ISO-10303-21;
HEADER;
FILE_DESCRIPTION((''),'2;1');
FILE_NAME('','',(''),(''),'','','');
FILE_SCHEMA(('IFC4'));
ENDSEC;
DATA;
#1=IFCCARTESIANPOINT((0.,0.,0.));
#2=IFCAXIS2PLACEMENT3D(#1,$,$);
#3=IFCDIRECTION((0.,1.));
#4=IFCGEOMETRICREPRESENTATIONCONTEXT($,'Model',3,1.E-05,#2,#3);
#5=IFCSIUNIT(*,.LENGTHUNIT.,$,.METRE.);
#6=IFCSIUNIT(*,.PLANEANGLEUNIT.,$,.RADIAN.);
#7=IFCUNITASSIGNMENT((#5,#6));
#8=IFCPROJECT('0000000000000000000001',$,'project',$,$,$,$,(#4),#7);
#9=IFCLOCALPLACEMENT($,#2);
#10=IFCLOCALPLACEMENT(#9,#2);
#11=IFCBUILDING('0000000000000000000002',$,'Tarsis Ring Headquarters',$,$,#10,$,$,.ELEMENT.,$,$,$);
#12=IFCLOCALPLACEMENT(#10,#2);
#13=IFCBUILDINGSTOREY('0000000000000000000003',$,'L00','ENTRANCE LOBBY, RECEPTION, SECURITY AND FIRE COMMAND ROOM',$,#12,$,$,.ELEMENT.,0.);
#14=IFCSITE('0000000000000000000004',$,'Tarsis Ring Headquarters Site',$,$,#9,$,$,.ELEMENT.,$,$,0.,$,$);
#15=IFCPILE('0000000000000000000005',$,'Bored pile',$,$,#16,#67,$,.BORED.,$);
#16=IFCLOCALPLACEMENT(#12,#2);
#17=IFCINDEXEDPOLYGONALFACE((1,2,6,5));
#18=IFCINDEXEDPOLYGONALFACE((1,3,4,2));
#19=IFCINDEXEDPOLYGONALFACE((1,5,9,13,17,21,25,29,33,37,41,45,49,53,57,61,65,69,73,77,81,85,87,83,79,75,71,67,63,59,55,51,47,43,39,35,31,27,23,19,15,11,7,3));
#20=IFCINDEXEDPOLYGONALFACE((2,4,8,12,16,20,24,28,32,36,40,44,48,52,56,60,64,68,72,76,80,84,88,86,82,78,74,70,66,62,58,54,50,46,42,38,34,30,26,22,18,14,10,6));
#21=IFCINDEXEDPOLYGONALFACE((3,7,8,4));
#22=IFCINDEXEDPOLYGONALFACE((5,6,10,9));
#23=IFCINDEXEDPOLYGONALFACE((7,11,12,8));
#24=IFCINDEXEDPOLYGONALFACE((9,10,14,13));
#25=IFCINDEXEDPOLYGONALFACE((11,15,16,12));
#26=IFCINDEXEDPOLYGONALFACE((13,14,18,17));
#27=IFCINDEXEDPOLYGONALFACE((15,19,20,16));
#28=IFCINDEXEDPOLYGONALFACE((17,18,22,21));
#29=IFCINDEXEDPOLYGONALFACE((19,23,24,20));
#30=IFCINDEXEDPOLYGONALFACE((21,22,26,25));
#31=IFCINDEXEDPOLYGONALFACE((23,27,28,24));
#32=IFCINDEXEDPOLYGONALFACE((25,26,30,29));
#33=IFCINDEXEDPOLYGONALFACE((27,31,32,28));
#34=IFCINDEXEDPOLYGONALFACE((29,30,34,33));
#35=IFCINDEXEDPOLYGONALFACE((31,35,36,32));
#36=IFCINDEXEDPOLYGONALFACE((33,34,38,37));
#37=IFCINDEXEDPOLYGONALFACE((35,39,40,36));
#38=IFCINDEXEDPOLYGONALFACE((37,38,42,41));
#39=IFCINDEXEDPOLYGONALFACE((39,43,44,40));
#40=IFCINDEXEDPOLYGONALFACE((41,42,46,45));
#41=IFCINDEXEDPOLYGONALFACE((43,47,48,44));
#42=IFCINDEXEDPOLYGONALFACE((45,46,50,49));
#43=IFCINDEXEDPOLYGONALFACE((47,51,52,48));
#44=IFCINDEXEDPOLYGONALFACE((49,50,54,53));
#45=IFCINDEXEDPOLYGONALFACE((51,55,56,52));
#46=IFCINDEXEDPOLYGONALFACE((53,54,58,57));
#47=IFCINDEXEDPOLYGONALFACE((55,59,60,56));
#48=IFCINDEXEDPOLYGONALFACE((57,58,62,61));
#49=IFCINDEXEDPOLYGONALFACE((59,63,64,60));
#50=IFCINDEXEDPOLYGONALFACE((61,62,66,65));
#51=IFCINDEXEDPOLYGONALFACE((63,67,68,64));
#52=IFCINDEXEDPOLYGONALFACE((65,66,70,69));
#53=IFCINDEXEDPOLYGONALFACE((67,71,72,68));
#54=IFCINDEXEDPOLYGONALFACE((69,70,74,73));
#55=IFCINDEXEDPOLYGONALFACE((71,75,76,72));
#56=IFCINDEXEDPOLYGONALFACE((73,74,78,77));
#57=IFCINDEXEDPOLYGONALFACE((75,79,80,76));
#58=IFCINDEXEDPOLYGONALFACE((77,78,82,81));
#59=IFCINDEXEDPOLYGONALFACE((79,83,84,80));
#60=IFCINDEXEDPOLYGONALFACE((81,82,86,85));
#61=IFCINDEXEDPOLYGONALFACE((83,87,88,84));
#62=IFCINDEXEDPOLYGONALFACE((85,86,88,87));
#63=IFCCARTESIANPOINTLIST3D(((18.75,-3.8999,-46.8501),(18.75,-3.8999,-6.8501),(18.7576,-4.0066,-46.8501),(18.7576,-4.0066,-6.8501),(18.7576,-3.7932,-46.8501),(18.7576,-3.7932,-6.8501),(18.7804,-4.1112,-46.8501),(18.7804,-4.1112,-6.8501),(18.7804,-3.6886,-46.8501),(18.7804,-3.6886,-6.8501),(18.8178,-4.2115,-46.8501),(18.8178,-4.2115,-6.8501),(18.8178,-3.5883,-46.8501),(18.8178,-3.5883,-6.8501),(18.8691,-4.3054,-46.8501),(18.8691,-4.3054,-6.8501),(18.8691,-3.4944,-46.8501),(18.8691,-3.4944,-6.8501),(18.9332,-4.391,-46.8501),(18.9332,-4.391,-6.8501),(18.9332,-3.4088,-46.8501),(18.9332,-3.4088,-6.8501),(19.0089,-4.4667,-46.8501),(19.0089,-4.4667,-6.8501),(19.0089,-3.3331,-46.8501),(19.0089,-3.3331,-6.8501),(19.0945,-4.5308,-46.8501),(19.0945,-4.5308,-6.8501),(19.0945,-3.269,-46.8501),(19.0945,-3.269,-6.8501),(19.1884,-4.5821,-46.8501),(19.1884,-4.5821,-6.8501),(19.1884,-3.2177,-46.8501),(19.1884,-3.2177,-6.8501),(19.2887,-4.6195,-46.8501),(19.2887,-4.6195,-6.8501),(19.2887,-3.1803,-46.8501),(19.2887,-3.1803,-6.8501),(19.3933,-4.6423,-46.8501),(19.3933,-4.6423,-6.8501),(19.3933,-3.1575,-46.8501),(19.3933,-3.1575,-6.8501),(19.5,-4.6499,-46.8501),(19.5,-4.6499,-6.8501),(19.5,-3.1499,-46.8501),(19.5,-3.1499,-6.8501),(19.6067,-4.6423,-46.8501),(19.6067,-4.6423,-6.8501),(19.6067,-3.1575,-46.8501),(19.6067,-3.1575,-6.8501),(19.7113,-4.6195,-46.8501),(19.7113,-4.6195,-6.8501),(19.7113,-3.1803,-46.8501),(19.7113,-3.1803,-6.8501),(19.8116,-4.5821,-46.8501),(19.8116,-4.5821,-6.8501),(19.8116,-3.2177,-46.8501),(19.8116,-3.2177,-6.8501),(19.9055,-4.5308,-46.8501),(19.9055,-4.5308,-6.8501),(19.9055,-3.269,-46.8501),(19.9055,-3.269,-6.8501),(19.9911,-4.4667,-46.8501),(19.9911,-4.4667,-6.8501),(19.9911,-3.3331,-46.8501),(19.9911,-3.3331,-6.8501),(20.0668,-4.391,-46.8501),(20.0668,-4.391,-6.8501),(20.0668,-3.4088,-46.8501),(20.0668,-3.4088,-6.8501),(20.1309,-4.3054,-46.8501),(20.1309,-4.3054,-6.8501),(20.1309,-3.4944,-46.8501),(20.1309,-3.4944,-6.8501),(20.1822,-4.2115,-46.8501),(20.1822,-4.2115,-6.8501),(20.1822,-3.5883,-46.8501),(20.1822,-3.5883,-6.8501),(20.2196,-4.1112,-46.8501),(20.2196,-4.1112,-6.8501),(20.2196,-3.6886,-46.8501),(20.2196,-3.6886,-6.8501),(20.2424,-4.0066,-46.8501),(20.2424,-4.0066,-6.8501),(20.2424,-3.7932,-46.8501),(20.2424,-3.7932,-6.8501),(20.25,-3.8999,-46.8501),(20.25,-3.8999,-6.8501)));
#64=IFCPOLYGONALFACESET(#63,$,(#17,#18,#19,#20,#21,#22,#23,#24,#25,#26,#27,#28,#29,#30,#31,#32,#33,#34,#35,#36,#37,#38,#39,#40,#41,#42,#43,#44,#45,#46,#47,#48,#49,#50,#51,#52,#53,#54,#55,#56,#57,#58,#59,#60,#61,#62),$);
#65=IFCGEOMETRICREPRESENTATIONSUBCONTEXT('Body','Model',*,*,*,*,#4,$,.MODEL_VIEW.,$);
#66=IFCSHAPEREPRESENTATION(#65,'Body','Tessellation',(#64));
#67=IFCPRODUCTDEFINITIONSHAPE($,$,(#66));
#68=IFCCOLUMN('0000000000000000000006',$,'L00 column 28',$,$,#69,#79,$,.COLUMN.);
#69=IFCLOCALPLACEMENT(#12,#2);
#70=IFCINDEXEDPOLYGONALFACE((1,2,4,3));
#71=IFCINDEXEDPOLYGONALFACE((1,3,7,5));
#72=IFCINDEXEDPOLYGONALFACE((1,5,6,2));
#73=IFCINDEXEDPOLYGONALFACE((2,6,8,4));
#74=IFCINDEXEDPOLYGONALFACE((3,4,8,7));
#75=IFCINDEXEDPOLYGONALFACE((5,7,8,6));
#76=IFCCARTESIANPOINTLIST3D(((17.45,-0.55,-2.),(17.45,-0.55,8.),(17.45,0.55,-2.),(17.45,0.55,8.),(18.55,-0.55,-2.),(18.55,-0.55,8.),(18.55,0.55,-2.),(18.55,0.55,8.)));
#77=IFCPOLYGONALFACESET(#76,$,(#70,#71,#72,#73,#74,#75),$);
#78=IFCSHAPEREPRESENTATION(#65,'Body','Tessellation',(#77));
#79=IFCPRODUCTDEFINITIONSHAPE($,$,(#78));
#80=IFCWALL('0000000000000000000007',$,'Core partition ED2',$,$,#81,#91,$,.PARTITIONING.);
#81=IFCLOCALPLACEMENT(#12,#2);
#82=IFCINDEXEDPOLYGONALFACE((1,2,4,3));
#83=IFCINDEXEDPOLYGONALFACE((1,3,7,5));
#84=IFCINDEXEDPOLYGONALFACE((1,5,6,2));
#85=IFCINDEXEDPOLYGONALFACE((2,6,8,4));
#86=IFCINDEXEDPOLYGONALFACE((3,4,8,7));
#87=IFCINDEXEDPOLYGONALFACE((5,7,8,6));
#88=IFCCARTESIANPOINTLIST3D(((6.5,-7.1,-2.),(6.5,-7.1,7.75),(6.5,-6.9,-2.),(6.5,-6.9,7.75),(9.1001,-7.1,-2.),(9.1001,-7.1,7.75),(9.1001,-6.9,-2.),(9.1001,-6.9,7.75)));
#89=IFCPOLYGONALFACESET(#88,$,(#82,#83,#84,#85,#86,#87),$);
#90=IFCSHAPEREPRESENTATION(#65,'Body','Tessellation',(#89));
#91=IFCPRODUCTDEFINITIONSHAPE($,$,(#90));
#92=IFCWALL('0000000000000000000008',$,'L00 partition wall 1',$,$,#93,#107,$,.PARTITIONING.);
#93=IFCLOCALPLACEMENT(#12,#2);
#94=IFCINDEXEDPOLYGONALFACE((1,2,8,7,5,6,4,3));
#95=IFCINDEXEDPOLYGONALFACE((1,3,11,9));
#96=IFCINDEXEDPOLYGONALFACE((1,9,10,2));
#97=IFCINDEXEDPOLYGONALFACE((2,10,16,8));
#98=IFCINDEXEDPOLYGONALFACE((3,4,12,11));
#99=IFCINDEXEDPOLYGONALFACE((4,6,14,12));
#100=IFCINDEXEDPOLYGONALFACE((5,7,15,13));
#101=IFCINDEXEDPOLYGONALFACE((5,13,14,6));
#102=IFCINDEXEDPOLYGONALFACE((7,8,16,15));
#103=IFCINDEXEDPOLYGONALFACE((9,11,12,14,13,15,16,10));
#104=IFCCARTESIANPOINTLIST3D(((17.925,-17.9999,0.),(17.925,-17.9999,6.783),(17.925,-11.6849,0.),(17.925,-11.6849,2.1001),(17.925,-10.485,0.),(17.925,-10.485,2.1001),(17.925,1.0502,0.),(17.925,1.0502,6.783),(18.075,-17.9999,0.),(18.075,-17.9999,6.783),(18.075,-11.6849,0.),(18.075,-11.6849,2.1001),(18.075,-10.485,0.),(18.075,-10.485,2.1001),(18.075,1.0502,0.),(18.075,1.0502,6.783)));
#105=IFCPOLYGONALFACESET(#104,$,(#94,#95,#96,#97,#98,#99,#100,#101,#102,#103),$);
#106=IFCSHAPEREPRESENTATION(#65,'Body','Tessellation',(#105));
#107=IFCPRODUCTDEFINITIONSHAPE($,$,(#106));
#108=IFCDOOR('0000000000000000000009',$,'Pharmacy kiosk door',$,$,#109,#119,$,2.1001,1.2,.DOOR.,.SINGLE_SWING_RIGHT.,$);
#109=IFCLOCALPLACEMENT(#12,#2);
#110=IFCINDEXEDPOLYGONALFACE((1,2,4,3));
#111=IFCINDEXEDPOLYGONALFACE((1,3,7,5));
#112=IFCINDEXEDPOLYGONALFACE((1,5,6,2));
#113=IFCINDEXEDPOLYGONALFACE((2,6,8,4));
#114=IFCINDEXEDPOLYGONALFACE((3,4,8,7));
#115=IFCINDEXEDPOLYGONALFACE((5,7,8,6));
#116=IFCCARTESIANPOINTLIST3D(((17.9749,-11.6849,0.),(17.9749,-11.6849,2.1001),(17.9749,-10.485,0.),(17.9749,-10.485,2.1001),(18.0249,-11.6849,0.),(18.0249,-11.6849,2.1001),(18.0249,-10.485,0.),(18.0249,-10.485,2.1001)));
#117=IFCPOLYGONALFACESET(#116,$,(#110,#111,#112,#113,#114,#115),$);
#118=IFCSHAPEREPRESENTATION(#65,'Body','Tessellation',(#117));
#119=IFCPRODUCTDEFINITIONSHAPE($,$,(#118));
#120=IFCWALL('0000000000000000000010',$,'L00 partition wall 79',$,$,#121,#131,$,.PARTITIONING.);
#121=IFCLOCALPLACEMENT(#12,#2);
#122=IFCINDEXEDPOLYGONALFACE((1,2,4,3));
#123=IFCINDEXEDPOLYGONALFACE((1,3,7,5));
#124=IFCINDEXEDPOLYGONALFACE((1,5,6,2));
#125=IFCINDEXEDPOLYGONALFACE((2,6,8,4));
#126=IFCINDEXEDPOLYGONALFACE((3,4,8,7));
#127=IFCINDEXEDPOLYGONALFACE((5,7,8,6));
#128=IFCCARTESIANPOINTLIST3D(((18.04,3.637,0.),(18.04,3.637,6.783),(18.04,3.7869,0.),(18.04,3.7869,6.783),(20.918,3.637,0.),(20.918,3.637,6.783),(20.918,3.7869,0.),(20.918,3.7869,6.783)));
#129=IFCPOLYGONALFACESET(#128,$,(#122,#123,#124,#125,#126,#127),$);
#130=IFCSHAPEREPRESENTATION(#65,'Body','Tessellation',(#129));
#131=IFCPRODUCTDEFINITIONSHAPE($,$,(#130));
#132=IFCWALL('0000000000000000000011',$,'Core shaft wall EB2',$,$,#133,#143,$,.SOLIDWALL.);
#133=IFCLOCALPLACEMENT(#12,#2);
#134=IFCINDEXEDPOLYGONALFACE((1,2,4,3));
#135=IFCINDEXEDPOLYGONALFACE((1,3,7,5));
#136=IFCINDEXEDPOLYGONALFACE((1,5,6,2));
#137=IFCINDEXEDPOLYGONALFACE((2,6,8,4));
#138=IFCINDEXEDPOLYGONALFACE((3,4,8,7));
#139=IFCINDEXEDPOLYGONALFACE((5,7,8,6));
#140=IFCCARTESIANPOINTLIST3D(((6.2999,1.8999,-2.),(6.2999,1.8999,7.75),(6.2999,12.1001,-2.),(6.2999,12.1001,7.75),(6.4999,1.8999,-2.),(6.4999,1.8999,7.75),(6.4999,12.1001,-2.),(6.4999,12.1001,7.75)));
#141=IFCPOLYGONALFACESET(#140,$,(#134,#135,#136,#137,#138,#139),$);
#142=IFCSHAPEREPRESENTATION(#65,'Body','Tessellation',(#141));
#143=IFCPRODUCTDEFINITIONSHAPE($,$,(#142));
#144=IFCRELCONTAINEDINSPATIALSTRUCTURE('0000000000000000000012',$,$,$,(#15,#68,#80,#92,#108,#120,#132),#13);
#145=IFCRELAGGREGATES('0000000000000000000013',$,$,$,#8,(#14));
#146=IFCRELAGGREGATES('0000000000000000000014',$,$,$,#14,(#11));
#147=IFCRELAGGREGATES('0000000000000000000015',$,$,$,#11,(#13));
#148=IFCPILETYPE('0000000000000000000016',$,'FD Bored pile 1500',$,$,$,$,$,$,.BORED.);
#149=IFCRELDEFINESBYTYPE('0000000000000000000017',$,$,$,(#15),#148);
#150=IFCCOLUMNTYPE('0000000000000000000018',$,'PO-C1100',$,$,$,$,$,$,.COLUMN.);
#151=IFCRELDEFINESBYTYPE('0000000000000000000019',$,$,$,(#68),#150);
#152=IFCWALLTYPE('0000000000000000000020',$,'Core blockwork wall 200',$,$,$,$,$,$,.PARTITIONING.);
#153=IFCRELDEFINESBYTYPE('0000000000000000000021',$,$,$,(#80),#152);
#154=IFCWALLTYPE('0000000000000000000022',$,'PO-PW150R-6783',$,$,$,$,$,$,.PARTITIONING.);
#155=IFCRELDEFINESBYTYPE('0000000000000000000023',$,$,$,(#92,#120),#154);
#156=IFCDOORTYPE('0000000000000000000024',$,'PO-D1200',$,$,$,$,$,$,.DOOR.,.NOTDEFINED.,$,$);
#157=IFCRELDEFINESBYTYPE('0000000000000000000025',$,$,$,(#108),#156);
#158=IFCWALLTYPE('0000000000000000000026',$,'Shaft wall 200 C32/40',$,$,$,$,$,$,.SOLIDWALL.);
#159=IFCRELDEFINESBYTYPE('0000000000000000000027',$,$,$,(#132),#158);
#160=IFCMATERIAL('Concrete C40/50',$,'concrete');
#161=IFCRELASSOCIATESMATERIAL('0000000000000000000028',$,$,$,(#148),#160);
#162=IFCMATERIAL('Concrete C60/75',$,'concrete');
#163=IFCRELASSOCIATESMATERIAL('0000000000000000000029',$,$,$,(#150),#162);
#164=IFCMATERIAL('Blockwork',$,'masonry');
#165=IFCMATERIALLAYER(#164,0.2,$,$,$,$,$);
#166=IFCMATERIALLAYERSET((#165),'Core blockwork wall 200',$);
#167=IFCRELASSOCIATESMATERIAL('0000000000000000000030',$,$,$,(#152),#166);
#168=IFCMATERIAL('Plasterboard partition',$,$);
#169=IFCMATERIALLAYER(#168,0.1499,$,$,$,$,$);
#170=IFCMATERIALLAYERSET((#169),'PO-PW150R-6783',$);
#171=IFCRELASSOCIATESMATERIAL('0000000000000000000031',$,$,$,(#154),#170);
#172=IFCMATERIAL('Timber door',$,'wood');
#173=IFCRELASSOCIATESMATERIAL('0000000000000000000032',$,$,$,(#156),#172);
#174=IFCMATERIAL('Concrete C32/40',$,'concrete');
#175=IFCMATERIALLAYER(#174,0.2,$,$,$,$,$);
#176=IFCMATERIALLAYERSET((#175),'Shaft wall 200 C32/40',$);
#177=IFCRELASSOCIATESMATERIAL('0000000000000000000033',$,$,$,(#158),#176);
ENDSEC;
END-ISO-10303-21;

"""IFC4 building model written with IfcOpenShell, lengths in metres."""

from ifc_helpers import new_model, si_unit, direction, frame, frame_2d, origin, origin_2d, place, context, subcontext, project, spatial, rectangle, circle, extrude, material, layer, layer_set, material_profile, profile_set, type_object, element, fill, save


model = new_model("IFC4")

# Units and contexts
model_context = context("Model", 3, precision=1e-05, world=origin(), true_north=direction((0.0, 1.0)))
body_context = subcontext(model_context, "Body", "Model", "MODEL_VIEW")
ifc_project = project(units=[si_unit("LENGTHUNIT", "METRE"), si_unit("PLANEANGLEUNIT", "RADIAN")], contexts=[model_context])

# Site, building, storey
site_placement = place(None, origin())
site = spatial("IfcSite", under=ifc_project, at=site_placement, Name="Tarsis Ring Headquarters Site", CompositionType="ELEMENT", RefElevation=0.0)
building_placement = place(site_placement, origin())
building = spatial("IfcBuilding", under=site, at=building_placement, Name="Tarsis Ring Headquarters", CompositionType="ELEMENT")
storey_placement = place(building_placement, origin())
storey = spatial("IfcBuildingStorey", under=building, at=storey_placement, Name="L00", Description="ENTRANCE LOBBY, RECEPTION, SECURITY AND FIRE COMMAND ROOM", CompositionType="ELEMENT", Elevation=0.0)

# Pile
ifc_material_1 = material(Name="Concrete C40/50", Category="concrete")
ifc_material_profile_1 = material_profile(ifc_material_1, circle(Radius=0.75, at=origin_2d()), Name="BORED 1500")
ifc_profile_set_1 = profile_set([ifc_material_profile_1], Name="Concrete C40/50")
pile_type_1 = type_object("IfcPileType", Name="FD Bored pile 1500", PredefinedType="BORED", material=ifc_profile_set_1)
for number, where, z_axis, x_axis, name in (
    (1, (19.5, -3.8999, -6.8501), (0.0, 0.0, -1.0), (1.0, 0.0, 0.0), "Bored pile"),
):
    element("IfcPile", number, at=place(storey_placement, frame(where, z_axis=z_axis, x_axis=x_axis)), inside=storey, type_object=pile_type_1, Name=name, PredefinedType="BORED", context=body_context, shape_type="SweptSolid", body=[
        extrude(circle(Radius=0.75, at=origin_2d()), origin(), (0.0, 0.0, 1.0), 40.0),
    ])

# Column
ifc_material_2 = material(Name="Concrete C60/75", Category="concrete")
ifc_material_profile_2 = material_profile(ifc_material_2, rectangle(XDim=1.1001, YDim=1.1001, at=origin_2d()), Name="PO-C1100")
ifc_profile_set_2 = profile_set([ifc_material_profile_2], Name="Concrete C60/75")
column_type = type_object("IfcColumnType", Name="PO-C1100", PredefinedType="COLUMN", material=ifc_profile_set_2)
column_placement = place(storey_placement, frame((18.0, 0.0, -2.0), z_axis=(0.0, 0.0, 1.0), x_axis=(1.0, 0.0, 0.0)))
element("IfcColumn", 2, at=column_placement, inside=storey, type_object=column_type, Name="L00 column 28", PredefinedType="COLUMN", context=body_context, shape_type="SweptSolid", body=[
    extrude(rectangle(XDim=1.1001, YDim=1.1001, at=origin_2d()), origin(), (0.0, 0.0, 1.0), 10.0),
])

# Wall
ifc_material_3 = material(Name="Blockwork", Category="masonry")
ifc_layer_1 = layer(ifc_material_3, 0.2)
ifc_layer_set_1 = layer_set([ifc_layer_1], Name="Core blockwork wall 200")
wall_type_1 = type_object("IfcWallType", Name="Core blockwork wall 200", PredefinedType="PARTITIONING", material=ifc_layer_set_1)
wall_1_placement = place(storey_placement, frame((6.5, -7.0, -2.0), z_axis=(0.0, 0.0, 1.0), x_axis=(1.0, 0.0, 0.0)))
element("IfcWall", 3, at=wall_1_placement, inside=storey, type_object=wall_type_1, Name="Core partition ED2", PredefinedType="PARTITIONING", context=body_context, shape_type="SweptSolid", body=[
    extrude(rectangle(XDim=2.6001, YDim=0.2, at=frame_2d((1.3, 0.0))), origin(), (0.0, 0.0, 1.0), 9.75),
])

# Wall, opening, door
ifc_material_4 = material(Name="Plasterboard partition")
ifc_layer_2 = layer(ifc_material_4, 0.1499)
ifc_layer_set_2 = layer_set([ifc_layer_2], Name="PO-PW150R-6783")
wall_type_2 = type_object("IfcWallType", Name="PO-PW150R-6783", PredefinedType="PARTITIONING", material=ifc_layer_set_2)
wall_2_placement = place(storey_placement, frame((18.0, 1.05, 0.0), z_axis=(0.0, 0.0, 1.0), x_axis=(0.0, -1.0, 0.0)))
wall_2 = element("IfcWall", 4, at=wall_2_placement, inside=storey, type_object=wall_type_2, Name="L00 partition wall 1", PredefinedType="PARTITIONING", context=body_context, shape_type="SweptSolid", body=[
    extrude(rectangle(XDim=19.05, YDim=0.1499, at=frame_2d((9.5249, 0.0))), origin(), (0.0, 0.0, 1.0), 6.783),
])
opening_placement = place(wall_2_placement, frame((11.5349, 0.0, 0.0)))
opening = element("IfcOpeningElement", 5, at=opening_placement, cuts=wall_2, PredefinedType="OPENING", context=body_context, shape_type="SweptSolid", body=[
    extrude(rectangle(XDim=1.2, YDim=2.1001, at=frame_2d((0.6001, 1.05))), frame((0.0, 0.085, 0.0), z_axis=(0.0, -1.0, 0.0), x_axis=(1.0, 0.0, 0.0)), (0.0, 0.0, 1.0), 0.1699),
])
ifc_material_5 = material(Name="Timber door", Category="wood")
door_type = type_object("IfcDoorType", Name="PO-D1200", OperationType="NOTDEFINED", PredefinedType="DOOR", material=ifc_material_5)
door_placement = place(opening_placement, origin())
door = element("IfcDoor", 6, at=door_placement, inside=storey, type_object=door_type, Name="Pharmacy kiosk door", OperationType="SINGLE_SWING_RIGHT", OverallHeight=2.1001, OverallWidth=1.2, PredefinedType="DOOR", context=body_context, shape_type="SweptSolid", body=[
    extrude(rectangle(XDim=1.2, YDim=2.1001, at=frame_2d((0.6001, 1.05))), frame((0.0, 0.0249, 0.0), z_axis=(0.0, -1.0, 0.0), x_axis=(1.0, 0.0, 0.0)), (0.0, 0.0, 1.0), 0.05),
])
fill(opening, door)

# Walls
wall_3_placement = place(storey_placement, frame((18.04, 3.7119, 0.0), z_axis=(0.0, 0.0, 1.0), x_axis=(1.0, 0.0, 0.0)))
element("IfcWall", 7, at=wall_3_placement, inside=storey, type_object=wall_type_2, Name="L00 partition wall 79", PredefinedType="PARTITIONING", context=body_context, shape_type="SweptSolid", body=[
    extrude(rectangle(XDim=2.8779, YDim=0.1499, at=frame_2d((1.439, 0.0))), origin(), (0.0, 0.0, 1.0), 6.783),
])
ifc_material_6 = material(Name="Concrete C32/40", Category="concrete")
ifc_layer_3 = layer(ifc_material_6, 0.2)
ifc_layer_set_3 = layer_set([ifc_layer_3], Name="Shaft wall 200 C32/40")
wall_type_3 = type_object("IfcWallType", Name="Shaft wall 200 C32/40", PredefinedType="SOLIDWALL", material=ifc_layer_set_3)
wall_4_placement = place(storey_placement, frame((6.3999, 1.8999, -2.0), z_axis=(0.0, 0.0, 1.0), x_axis=(0.0, 1.0, 0.0)))
element("IfcWall", 8, at=wall_4_placement, inside=storey, type_object=wall_type_3, Name="Core shaft wall EB2", PredefinedType="SOLIDWALL", context=body_context, shape_type="SweptSolid", body=[
    extrude(rectangle(XDim=10.2002, YDim=0.2, at=frame_2d((5.1001, 0.0))), origin(), (0.0, 0.0, 1.0), 9.75),
])

save(model, "model.ifc")
